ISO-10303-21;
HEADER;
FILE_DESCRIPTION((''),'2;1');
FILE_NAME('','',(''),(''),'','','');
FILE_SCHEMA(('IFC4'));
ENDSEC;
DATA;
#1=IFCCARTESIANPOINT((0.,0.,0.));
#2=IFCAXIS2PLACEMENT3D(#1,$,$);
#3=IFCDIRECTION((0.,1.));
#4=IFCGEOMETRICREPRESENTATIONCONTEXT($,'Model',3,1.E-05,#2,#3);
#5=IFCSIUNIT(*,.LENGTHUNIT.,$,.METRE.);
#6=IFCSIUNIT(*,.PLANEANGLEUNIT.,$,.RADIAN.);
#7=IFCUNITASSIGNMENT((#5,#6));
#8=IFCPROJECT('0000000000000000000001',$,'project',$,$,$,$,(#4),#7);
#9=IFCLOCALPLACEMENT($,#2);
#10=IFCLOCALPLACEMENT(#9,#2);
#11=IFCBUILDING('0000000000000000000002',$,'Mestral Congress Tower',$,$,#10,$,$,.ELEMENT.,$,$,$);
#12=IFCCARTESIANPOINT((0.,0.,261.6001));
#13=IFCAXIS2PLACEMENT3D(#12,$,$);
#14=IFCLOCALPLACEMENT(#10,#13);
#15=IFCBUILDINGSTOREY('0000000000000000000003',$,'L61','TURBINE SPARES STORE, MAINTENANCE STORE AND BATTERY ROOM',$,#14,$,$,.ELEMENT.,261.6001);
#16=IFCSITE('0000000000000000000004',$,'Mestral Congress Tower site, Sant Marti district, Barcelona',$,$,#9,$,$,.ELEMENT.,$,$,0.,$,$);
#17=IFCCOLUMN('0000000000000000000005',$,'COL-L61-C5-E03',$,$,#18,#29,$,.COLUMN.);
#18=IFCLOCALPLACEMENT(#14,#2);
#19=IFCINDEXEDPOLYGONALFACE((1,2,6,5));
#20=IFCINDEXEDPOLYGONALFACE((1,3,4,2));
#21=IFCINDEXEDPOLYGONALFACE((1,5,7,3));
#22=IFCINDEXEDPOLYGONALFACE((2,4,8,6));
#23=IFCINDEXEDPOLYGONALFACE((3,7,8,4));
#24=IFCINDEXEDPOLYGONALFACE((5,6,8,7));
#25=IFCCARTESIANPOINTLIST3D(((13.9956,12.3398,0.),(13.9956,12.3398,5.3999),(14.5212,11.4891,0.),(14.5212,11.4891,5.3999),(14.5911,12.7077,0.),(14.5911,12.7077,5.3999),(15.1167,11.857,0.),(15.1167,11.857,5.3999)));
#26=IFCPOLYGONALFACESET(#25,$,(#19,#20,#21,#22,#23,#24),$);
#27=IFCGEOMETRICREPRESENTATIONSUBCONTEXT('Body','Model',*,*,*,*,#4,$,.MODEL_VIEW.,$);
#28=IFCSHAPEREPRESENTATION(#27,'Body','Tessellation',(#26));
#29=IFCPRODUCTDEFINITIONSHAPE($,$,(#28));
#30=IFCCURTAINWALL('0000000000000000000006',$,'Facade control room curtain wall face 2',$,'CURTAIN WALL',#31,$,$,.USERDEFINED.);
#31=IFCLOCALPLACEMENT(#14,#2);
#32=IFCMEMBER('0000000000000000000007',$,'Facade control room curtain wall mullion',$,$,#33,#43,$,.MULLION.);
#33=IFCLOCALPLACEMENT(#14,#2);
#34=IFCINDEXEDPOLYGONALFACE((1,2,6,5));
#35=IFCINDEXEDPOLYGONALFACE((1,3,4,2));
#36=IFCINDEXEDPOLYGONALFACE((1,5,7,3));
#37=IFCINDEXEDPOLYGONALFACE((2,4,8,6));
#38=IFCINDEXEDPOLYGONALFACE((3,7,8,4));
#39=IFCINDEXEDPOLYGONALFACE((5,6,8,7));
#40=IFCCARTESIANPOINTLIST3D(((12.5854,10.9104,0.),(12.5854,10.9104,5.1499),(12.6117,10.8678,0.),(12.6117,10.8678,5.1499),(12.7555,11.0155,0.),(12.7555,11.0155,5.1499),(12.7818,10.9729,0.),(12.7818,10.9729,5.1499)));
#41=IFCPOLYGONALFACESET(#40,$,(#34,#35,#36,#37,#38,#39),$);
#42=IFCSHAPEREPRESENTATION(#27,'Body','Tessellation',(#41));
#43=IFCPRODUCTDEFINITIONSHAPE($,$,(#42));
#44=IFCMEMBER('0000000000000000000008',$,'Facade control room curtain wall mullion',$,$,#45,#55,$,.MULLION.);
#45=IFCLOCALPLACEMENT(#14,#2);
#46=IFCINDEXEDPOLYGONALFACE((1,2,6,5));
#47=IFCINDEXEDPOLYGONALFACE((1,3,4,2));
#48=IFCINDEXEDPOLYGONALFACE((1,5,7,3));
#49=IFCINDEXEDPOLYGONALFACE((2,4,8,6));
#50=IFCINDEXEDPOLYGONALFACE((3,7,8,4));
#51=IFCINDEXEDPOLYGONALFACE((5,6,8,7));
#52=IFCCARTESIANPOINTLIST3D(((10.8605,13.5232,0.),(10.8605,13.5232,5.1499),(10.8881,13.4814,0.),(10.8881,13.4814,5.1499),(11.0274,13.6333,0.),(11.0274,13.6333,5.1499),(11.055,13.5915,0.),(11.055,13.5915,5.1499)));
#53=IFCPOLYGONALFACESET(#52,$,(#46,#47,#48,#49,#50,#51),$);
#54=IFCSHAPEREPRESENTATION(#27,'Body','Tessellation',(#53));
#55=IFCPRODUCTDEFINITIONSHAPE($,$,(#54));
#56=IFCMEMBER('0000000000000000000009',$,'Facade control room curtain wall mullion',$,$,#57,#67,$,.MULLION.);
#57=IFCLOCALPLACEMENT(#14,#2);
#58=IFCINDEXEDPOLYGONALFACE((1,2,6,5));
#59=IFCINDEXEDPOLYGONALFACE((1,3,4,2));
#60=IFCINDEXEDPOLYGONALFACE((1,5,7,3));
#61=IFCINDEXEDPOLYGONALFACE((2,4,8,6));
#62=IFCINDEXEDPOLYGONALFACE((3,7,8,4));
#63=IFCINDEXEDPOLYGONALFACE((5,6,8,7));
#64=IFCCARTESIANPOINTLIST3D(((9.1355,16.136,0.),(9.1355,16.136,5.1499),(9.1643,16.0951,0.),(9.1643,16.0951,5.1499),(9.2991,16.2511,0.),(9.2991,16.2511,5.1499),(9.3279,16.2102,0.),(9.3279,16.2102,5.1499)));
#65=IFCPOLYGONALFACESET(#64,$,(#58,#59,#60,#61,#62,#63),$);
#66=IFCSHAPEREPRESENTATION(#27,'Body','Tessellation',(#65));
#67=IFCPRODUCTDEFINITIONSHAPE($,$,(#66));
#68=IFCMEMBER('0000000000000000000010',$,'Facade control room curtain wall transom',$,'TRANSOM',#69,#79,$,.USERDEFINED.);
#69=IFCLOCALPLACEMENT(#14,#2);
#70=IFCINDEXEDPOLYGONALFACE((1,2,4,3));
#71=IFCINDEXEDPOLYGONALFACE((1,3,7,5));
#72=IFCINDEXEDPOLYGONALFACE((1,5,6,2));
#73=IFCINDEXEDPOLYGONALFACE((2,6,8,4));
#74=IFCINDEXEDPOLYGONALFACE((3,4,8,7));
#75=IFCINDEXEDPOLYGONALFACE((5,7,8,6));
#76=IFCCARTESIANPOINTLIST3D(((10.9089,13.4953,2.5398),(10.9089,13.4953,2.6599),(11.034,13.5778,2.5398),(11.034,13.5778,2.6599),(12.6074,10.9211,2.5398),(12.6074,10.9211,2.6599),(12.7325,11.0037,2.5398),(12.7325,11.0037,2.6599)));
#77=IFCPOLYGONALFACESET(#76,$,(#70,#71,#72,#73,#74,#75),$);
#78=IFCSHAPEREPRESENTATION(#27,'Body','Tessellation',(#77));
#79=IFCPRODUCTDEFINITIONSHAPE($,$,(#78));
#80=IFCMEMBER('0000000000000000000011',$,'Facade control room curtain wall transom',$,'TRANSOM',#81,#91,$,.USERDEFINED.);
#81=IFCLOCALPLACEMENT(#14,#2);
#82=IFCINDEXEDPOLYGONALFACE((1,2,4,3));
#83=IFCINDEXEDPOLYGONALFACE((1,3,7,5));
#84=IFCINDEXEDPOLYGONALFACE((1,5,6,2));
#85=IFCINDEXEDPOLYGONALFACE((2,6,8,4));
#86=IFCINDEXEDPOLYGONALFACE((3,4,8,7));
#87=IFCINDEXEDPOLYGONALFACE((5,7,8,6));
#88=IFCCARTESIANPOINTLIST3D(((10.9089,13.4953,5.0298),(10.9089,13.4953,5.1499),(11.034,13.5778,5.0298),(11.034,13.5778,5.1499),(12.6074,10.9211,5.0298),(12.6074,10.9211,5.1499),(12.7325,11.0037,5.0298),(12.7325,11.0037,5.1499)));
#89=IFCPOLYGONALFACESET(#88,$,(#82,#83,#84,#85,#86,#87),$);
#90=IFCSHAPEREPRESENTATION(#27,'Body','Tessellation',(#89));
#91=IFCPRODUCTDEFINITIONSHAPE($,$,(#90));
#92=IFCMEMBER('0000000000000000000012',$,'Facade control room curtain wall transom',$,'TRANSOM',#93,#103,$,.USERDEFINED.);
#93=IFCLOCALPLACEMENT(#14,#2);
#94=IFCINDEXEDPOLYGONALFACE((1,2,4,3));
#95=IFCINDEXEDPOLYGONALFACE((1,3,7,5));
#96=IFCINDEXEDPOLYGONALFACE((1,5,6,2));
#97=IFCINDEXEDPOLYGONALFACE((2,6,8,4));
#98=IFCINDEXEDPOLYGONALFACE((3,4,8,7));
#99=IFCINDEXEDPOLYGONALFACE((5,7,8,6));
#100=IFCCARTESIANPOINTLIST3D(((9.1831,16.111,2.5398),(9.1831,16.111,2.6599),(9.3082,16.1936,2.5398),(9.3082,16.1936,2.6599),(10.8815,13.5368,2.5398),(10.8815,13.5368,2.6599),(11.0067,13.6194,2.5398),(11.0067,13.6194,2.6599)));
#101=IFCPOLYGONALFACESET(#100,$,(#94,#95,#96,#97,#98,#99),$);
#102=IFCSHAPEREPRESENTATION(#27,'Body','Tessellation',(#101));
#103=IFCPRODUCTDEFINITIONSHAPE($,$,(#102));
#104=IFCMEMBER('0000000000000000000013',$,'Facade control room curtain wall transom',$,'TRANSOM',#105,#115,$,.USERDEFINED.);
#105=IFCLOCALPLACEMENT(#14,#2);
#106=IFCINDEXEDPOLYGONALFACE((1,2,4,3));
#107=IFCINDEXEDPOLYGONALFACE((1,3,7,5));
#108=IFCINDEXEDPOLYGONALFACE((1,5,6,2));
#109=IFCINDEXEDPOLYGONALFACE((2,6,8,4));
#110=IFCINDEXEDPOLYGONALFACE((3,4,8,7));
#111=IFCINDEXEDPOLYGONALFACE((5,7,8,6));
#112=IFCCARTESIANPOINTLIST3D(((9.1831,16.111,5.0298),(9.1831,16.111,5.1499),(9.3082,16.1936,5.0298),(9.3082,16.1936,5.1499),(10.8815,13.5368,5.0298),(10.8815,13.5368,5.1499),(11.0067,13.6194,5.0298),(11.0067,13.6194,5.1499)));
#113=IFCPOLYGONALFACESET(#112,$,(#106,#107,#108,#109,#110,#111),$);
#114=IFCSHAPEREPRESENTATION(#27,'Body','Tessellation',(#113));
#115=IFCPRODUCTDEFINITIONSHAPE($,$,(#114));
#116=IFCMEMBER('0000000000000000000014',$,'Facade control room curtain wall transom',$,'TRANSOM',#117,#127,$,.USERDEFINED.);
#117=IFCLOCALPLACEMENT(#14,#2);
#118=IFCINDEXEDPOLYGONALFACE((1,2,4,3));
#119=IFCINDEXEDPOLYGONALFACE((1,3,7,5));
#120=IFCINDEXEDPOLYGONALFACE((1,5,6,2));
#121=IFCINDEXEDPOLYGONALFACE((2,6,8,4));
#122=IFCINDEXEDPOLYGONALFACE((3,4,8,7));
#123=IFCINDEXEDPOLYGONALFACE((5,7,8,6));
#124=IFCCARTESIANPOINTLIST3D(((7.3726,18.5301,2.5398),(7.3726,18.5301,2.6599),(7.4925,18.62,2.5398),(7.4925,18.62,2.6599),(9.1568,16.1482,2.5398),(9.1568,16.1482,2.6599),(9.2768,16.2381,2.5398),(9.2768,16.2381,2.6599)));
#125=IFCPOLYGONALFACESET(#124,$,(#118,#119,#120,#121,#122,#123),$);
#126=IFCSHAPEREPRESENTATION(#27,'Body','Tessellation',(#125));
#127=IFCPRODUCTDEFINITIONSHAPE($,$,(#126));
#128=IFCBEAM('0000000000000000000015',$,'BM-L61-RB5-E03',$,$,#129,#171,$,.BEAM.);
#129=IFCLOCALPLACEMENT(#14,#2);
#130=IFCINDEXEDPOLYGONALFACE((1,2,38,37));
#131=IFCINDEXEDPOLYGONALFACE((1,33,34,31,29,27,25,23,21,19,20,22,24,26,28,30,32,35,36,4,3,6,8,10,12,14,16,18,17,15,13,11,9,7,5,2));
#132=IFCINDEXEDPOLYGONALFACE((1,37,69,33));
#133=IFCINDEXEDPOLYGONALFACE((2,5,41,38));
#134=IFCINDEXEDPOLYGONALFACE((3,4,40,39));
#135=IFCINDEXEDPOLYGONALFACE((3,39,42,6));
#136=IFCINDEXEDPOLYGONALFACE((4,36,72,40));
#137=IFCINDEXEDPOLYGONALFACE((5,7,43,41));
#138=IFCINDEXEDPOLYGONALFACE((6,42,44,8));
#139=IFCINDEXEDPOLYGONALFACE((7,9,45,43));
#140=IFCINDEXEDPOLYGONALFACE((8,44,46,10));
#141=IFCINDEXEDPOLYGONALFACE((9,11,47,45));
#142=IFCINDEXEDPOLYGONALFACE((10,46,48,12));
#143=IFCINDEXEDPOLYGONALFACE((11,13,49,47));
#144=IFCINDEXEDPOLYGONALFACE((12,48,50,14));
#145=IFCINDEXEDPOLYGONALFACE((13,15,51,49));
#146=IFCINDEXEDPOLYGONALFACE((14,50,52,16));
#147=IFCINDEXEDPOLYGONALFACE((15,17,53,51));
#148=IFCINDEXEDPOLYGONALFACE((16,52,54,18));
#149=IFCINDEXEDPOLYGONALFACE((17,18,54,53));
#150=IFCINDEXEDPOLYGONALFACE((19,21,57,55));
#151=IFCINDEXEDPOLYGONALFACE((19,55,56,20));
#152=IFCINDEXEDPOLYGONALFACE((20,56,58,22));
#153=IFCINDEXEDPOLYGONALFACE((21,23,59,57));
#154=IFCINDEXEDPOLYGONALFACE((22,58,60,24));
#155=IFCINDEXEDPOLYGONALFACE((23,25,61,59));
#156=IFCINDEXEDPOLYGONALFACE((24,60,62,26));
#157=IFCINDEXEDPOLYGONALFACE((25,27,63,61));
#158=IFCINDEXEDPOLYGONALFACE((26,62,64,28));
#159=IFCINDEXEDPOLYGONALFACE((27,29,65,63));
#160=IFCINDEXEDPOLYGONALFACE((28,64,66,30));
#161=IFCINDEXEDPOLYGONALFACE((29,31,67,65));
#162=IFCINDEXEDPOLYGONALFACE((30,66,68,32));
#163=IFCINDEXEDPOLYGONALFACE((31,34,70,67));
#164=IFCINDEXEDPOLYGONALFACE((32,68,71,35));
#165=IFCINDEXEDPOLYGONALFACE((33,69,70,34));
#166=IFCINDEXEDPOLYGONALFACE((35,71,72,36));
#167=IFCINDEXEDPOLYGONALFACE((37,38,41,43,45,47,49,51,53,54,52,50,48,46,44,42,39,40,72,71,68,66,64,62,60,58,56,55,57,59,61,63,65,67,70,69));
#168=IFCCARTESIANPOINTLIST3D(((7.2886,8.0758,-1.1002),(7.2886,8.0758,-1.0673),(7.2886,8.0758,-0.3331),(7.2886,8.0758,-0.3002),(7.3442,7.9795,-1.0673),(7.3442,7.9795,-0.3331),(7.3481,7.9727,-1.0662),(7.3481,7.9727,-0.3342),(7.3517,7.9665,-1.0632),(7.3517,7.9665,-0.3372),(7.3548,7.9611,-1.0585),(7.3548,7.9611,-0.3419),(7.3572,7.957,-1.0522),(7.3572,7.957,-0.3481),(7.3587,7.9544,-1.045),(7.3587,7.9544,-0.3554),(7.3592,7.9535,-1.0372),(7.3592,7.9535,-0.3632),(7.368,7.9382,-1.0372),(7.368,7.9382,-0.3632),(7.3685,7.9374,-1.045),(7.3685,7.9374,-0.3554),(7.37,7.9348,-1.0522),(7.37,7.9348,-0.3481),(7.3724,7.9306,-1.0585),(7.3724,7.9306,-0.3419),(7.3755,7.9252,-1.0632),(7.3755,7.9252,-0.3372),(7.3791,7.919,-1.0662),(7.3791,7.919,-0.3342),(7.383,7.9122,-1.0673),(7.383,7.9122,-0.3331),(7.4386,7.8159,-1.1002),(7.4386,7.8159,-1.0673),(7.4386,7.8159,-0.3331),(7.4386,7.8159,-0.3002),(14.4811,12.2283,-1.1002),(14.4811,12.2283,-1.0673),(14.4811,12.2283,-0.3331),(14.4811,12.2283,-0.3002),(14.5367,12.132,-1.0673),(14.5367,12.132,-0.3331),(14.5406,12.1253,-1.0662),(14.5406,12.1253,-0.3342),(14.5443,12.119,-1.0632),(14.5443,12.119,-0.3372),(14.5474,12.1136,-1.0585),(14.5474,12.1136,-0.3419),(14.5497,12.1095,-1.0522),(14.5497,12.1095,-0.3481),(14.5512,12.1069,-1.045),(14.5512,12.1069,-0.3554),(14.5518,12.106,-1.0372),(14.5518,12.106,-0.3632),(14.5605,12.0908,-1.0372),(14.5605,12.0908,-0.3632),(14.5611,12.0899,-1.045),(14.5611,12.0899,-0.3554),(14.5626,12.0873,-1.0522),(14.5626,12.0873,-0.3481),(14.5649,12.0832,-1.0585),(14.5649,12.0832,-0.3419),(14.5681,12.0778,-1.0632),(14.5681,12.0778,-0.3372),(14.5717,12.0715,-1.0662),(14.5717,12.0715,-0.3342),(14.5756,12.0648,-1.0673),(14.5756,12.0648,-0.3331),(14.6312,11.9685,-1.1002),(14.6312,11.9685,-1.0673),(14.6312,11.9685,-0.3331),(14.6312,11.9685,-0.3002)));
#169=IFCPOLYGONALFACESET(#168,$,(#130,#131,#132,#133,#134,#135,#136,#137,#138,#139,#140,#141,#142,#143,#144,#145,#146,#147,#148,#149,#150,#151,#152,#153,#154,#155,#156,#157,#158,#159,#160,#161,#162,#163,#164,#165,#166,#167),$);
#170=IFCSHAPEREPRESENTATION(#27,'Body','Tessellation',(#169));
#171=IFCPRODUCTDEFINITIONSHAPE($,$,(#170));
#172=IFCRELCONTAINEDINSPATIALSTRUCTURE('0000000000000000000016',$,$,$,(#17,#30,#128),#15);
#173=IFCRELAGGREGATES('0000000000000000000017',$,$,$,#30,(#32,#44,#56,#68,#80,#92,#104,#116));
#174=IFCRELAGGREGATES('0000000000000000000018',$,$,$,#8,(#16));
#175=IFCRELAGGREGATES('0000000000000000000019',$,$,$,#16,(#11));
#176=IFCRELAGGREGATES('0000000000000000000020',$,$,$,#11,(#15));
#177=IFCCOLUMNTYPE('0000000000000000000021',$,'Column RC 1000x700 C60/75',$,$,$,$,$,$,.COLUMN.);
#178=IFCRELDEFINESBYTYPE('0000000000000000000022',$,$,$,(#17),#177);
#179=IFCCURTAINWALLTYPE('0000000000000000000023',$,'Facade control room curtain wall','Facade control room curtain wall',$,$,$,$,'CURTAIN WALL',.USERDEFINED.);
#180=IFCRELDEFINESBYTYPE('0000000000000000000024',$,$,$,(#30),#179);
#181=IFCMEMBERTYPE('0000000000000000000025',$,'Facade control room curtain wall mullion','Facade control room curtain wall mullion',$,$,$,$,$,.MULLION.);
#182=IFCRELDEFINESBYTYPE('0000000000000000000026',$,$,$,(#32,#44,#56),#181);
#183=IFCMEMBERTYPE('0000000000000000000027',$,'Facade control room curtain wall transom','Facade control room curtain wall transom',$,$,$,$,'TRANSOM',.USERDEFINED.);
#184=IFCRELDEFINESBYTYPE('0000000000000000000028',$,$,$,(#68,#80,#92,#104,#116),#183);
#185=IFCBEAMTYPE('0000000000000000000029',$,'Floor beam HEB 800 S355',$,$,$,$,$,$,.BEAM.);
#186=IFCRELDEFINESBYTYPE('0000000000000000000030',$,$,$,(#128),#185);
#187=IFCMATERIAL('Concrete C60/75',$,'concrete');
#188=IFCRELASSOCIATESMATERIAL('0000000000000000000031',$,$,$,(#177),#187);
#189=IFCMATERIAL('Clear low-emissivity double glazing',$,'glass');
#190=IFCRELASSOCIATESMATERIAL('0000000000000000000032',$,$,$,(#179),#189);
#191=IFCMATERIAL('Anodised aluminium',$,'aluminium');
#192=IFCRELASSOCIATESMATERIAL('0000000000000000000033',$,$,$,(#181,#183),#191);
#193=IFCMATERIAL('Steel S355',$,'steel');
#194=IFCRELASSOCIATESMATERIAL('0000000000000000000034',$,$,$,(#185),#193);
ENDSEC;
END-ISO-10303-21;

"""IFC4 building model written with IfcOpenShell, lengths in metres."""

from ifc_helpers import new_model, si_unit, direction, frame, origin, origin_2d, place, context, subcontext, project, spatial, rectangle, i_section, extrude, material, material_profile, profile_set, type_object, element, aggregate, save


model = new_model("IFC4")

# Units and contexts
model_context = context("Model", 3, precision=1e-05, world=origin(), true_north=direction((0.0, 1.0)))
body_context = subcontext(model_context, "Body", "Model", "MODEL_VIEW")
ifc_project = project(units=[si_unit("LENGTHUNIT", "METRE"), si_unit("PLANEANGLEUNIT", "RADIAN")], contexts=[model_context])

# Site, building, storey
site_placement = place(None, origin())
site = spatial("IfcSite", under=ifc_project, at=site_placement, Name="Mestral Congress Tower site, Sant Marti district, Barcelona", CompositionType="ELEMENT", RefElevation=0.0)
building_placement = place(site_placement, origin())
building = spatial("IfcBuilding", under=site, at=building_placement, Name="Mestral Congress Tower", CompositionType="ELEMENT")
storey_placement = place(building_placement, frame((0.0, 0.0, 261.6001)))
storey = spatial("IfcBuildingStorey", under=building, at=storey_placement, Name="L61", Description="TURBINE SPARES STORE, MAINTENANCE STORE AND BATTERY ROOM", CompositionType="ELEMENT", Elevation=261.6001)

# Column
ifc_material_1 = material(Name="Concrete C60/75", Category="concrete")
ifc_material_profile_1 = material_profile(ifc_material_1, rectangle(XDim=1.0, YDim=0.7, at=origin_2d()), Name="RC 1000x700")
ifc_profile_set_1 = profile_set([ifc_material_profile_1], Name="Concrete C60/75")
column_type = type_object("IfcColumnType", Name="Column RC 1000x700 C60/75", PredefinedType="COLUMN", material=ifc_profile_set_1)
column_placement = place(storey_placement, frame((14.5562, 12.0984, 0.0), z_axis=(0.0, 0.0, 1.0), x_axis=(-0.52561, 0.850726, 0.0)))
element("IfcColumn", 1, at=column_placement, inside=storey, type_object=column_type, Name="COL-L61-C5-E03", PredefinedType="COLUMN", context=body_context, shape_type="SweptSolid", body=[
    extrude(rectangle(XDim=1.0, YDim=0.7, at=origin_2d()), origin(), (0.0, 0.0, 1.0), 5.3999),
])

# Curtain wall, members
ifc_material_2 = material(Name="Clear low-emissivity double glazing", Category="glass")
curtain_wall_type = type_object("IfcCurtainWallType", Name="Facade control room curtain wall", Description="Facade control room curtain wall", ElementType="CURTAIN WALL", PredefinedType="USERDEFINED", material=ifc_material_2)
placement = place(storey_placement, origin())
curtain_wall = element("IfcCurtainWall", 2, at=placement, inside=storey, type_object=curtain_wall_type, Name="Facade control room curtain wall face 2", ObjectType="CURTAIN WALL", PredefinedType="USERDEFINED")
ifc_material_3 = material(Name="Anodised aluminium", Category="aluminium")
ifc_material_profile_2 = material_profile(ifc_material_3, rectangle(XDim=0.2, YDim=0.05, at=origin_2d()), Name="CW5 mullion 200 x 50")
ifc_profile_set_2 = profile_set([ifc_material_profile_2], Name="Anodised aluminium")
member_type_1 = type_object("IfcMemberType", Name="Facade control room curtain wall mullion", Description="Facade control room curtain wall mullion", PredefinedType="MULLION", material=ifc_profile_set_2)
member_1_placement = place(storey_placement, frame((12.6836, 10.9417, 0.0), z_axis=(0.0, 0.0, 1.0), x_axis=(0.850726, 0.52561, 0.0)))
member_1 = element("IfcMember", 3, at=member_1_placement, type_object=member_type_1, Name="Facade control room curtain wall mullion", PredefinedType="MULLION", context=body_context, shape_type="SweptSolid", body=[
    extrude(rectangle(XDim=0.2, YDim=0.05, at=origin_2d()), origin(), (0.0, 0.0, 1.0), 5.1499),
])
member_2_placement = place(storey_placement, frame((10.9578, 13.5574, 0.0), z_axis=(0.0, 0.0, 1.0), x_axis=(0.83467, 0.55075, 0.0)))
member_2 = element("IfcMember", 4, at=member_2_placement, type_object=member_type_1, Name="Facade control room curtain wall mullion", PredefinedType="MULLION", context=body_context, shape_type="SweptSolid", body=[
    extrude(rectangle(XDim=0.2, YDim=0.05, at=origin_2d()), origin(), (0.0, 0.0, 1.0), 5.1499),
])
member_3_placement = place(storey_placement, frame((9.2317, 16.1731, 0.0), z_axis=(0.0, 0.0, 1.0), x_axis=(0.817871, 0.575402, 0.0)))
member_3 = element("IfcMember", 5, at=member_3_placement, type_object=member_type_1, Name="Facade control room curtain wall mullion", PredefinedType="MULLION", context=body_context, shape_type="SweptSolid", body=[
    extrude(rectangle(XDim=0.2, YDim=0.05, at=origin_2d()), origin(), (0.0, 0.0, 1.0), 5.1499),
])
ifc_material_profile_3 = material_profile(ifc_material_3, rectangle(XDim=0.1499, YDim=0.1201, at=origin_2d()), Name="CW5 transom 150 x 120")
ifc_profile_set_3 = profile_set([ifc_material_profile_3], Name="Anodised aluminium")
member_type_2 = type_object("IfcMemberType", Name="Facade control room curtain wall transom", Description="Facade control room curtain wall transom", ElementType="TRANSOM", PredefinedType="USERDEFINED", material=ifc_profile_set_3)
member_4_placement = place(storey_placement, frame((12.6699, 10.9624, 2.5999), z_axis=(-0.55073, 0.834684, 0.0), x_axis=(-0.834684, -0.55073, 0.0)))
member_4 = element("IfcMember", 6, at=member_4_placement, type_object=member_type_2, Name="Facade control room curtain wall transom", ObjectType="TRANSOM", PredefinedType="USERDEFINED", context=body_context, shape_type="SweptSolid", body=[
    extrude(rectangle(XDim=0.1499, YDim=0.1201, at=origin_2d()), origin(), (0.0, 0.0, 1.0), 3.084),
])
member_5_placement = place(storey_placement, frame((12.6699, 10.9624, 5.0898), z_axis=(-0.55073, 0.834684, 0.0), x_axis=(-0.834684, -0.55073, 0.0)))
member_5 = element("IfcMember", 7, at=member_5_placement, type_object=member_type_2, Name="Facade control room curtain wall transom", ObjectType="TRANSOM", PredefinedType="USERDEFINED", context=body_context, shape_type="SweptSolid", body=[
    extrude(rectangle(XDim=0.1499, YDim=0.1201, at=origin_2d()), origin(), (0.0, 0.0, 1.0), 3.084),
])
member_6_placement = place(storey_placement, frame((10.9441, 13.5781, 2.5999), z_axis=(-0.55073, 0.834684, 0.0), x_axis=(-0.834684, -0.55073, 0.0)))
member_6 = element("IfcMember", 8, at=member_6_placement, type_object=member_type_2, Name="Facade control room curtain wall transom", ObjectType="TRANSOM", PredefinedType="USERDEFINED", context=body_context, shape_type="SweptSolid", body=[
    extrude(rectangle(XDim=0.1499, YDim=0.1201, at=origin_2d()), origin(), (0.0, 0.0, 1.0), 3.084),
])
member_7_placement = place(storey_placement, frame((10.9441, 13.5781, 5.0898), z_axis=(-0.55073, 0.834684, 0.0), x_axis=(-0.834684, -0.55073, 0.0)))
member_7 = element("IfcMember", 9, at=member_7_placement, type_object=member_type_2, Name="Facade control room curtain wall transom", ObjectType="TRANSOM", PredefinedType="USERDEFINED", context=body_context, shape_type="SweptSolid", body=[
    extrude(rectangle(XDim=0.1499, YDim=0.1201, at=origin_2d()), origin(), (0.0, 0.0, 1.0), 3.084),
])
member_8_placement = place(storey_placement, frame((9.2168, 16.1931, 2.5999), z_axis=(-0.599527, 0.800354, 0.0), x_axis=(-0.800354, -0.599527, 0.0)))
member_8 = element("IfcMember", 10, at=member_8_placement, type_object=member_type_2, Name="Facade control room curtain wall transom", ObjectType="TRANSOM", PredefinedType="USERDEFINED", context=body_context, shape_type="SweptSolid", body=[
    extrude(rectangle(XDim=0.1499, YDim=0.1201, at=origin_2d()), origin(), (0.0, 0.0, 1.0), 2.9761),
])

# Beam
ifc_material_4 = material(Name="Steel S355", Category="steel")
ifc_material_profile_4 = material_profile(ifc_material_4, i_section(OverallWidth=0.3, OverallDepth=0.8, WebThickness=0.0176, FlangeThickness=0.033, FilletRadius=0.03, at=origin_2d()), Name="HEB 800")
ifc_profile_set_4 = profile_set([ifc_material_profile_4], Name="Steel S355")
beam_type = type_object("IfcBeamType", Name="Floor beam HEB 800 S355", PredefinedType="BEAM", material=ifc_profile_set_4)
beam_placement = place(storey_placement, frame((14.5562, 12.0984, -0.7002), z_axis=(-0.866029, -0.499993, 0.0), x_axis=(0.499993, -0.866029, 0.0)))
element("IfcBeam", 11, at=beam_placement, inside=storey, type_object=beam_type, Name="BM-L61-RB5-E03", PredefinedType="BEAM", context=body_context, shape_type="SweptSolid", body=[
    extrude(i_section(OverallWidth=0.3, OverallDepth=0.8, WebThickness=0.0176, FlangeThickness=0.033, FilletRadius=0.03, at=origin_2d()), origin(), (0.0, 0.0, 1.0), 8.3052),
])

aggregate(curtain_wall, [member_1, member_2, member_3, member_4, member_5, member_6, member_7, member_8])

save(model, "model.ifc")
